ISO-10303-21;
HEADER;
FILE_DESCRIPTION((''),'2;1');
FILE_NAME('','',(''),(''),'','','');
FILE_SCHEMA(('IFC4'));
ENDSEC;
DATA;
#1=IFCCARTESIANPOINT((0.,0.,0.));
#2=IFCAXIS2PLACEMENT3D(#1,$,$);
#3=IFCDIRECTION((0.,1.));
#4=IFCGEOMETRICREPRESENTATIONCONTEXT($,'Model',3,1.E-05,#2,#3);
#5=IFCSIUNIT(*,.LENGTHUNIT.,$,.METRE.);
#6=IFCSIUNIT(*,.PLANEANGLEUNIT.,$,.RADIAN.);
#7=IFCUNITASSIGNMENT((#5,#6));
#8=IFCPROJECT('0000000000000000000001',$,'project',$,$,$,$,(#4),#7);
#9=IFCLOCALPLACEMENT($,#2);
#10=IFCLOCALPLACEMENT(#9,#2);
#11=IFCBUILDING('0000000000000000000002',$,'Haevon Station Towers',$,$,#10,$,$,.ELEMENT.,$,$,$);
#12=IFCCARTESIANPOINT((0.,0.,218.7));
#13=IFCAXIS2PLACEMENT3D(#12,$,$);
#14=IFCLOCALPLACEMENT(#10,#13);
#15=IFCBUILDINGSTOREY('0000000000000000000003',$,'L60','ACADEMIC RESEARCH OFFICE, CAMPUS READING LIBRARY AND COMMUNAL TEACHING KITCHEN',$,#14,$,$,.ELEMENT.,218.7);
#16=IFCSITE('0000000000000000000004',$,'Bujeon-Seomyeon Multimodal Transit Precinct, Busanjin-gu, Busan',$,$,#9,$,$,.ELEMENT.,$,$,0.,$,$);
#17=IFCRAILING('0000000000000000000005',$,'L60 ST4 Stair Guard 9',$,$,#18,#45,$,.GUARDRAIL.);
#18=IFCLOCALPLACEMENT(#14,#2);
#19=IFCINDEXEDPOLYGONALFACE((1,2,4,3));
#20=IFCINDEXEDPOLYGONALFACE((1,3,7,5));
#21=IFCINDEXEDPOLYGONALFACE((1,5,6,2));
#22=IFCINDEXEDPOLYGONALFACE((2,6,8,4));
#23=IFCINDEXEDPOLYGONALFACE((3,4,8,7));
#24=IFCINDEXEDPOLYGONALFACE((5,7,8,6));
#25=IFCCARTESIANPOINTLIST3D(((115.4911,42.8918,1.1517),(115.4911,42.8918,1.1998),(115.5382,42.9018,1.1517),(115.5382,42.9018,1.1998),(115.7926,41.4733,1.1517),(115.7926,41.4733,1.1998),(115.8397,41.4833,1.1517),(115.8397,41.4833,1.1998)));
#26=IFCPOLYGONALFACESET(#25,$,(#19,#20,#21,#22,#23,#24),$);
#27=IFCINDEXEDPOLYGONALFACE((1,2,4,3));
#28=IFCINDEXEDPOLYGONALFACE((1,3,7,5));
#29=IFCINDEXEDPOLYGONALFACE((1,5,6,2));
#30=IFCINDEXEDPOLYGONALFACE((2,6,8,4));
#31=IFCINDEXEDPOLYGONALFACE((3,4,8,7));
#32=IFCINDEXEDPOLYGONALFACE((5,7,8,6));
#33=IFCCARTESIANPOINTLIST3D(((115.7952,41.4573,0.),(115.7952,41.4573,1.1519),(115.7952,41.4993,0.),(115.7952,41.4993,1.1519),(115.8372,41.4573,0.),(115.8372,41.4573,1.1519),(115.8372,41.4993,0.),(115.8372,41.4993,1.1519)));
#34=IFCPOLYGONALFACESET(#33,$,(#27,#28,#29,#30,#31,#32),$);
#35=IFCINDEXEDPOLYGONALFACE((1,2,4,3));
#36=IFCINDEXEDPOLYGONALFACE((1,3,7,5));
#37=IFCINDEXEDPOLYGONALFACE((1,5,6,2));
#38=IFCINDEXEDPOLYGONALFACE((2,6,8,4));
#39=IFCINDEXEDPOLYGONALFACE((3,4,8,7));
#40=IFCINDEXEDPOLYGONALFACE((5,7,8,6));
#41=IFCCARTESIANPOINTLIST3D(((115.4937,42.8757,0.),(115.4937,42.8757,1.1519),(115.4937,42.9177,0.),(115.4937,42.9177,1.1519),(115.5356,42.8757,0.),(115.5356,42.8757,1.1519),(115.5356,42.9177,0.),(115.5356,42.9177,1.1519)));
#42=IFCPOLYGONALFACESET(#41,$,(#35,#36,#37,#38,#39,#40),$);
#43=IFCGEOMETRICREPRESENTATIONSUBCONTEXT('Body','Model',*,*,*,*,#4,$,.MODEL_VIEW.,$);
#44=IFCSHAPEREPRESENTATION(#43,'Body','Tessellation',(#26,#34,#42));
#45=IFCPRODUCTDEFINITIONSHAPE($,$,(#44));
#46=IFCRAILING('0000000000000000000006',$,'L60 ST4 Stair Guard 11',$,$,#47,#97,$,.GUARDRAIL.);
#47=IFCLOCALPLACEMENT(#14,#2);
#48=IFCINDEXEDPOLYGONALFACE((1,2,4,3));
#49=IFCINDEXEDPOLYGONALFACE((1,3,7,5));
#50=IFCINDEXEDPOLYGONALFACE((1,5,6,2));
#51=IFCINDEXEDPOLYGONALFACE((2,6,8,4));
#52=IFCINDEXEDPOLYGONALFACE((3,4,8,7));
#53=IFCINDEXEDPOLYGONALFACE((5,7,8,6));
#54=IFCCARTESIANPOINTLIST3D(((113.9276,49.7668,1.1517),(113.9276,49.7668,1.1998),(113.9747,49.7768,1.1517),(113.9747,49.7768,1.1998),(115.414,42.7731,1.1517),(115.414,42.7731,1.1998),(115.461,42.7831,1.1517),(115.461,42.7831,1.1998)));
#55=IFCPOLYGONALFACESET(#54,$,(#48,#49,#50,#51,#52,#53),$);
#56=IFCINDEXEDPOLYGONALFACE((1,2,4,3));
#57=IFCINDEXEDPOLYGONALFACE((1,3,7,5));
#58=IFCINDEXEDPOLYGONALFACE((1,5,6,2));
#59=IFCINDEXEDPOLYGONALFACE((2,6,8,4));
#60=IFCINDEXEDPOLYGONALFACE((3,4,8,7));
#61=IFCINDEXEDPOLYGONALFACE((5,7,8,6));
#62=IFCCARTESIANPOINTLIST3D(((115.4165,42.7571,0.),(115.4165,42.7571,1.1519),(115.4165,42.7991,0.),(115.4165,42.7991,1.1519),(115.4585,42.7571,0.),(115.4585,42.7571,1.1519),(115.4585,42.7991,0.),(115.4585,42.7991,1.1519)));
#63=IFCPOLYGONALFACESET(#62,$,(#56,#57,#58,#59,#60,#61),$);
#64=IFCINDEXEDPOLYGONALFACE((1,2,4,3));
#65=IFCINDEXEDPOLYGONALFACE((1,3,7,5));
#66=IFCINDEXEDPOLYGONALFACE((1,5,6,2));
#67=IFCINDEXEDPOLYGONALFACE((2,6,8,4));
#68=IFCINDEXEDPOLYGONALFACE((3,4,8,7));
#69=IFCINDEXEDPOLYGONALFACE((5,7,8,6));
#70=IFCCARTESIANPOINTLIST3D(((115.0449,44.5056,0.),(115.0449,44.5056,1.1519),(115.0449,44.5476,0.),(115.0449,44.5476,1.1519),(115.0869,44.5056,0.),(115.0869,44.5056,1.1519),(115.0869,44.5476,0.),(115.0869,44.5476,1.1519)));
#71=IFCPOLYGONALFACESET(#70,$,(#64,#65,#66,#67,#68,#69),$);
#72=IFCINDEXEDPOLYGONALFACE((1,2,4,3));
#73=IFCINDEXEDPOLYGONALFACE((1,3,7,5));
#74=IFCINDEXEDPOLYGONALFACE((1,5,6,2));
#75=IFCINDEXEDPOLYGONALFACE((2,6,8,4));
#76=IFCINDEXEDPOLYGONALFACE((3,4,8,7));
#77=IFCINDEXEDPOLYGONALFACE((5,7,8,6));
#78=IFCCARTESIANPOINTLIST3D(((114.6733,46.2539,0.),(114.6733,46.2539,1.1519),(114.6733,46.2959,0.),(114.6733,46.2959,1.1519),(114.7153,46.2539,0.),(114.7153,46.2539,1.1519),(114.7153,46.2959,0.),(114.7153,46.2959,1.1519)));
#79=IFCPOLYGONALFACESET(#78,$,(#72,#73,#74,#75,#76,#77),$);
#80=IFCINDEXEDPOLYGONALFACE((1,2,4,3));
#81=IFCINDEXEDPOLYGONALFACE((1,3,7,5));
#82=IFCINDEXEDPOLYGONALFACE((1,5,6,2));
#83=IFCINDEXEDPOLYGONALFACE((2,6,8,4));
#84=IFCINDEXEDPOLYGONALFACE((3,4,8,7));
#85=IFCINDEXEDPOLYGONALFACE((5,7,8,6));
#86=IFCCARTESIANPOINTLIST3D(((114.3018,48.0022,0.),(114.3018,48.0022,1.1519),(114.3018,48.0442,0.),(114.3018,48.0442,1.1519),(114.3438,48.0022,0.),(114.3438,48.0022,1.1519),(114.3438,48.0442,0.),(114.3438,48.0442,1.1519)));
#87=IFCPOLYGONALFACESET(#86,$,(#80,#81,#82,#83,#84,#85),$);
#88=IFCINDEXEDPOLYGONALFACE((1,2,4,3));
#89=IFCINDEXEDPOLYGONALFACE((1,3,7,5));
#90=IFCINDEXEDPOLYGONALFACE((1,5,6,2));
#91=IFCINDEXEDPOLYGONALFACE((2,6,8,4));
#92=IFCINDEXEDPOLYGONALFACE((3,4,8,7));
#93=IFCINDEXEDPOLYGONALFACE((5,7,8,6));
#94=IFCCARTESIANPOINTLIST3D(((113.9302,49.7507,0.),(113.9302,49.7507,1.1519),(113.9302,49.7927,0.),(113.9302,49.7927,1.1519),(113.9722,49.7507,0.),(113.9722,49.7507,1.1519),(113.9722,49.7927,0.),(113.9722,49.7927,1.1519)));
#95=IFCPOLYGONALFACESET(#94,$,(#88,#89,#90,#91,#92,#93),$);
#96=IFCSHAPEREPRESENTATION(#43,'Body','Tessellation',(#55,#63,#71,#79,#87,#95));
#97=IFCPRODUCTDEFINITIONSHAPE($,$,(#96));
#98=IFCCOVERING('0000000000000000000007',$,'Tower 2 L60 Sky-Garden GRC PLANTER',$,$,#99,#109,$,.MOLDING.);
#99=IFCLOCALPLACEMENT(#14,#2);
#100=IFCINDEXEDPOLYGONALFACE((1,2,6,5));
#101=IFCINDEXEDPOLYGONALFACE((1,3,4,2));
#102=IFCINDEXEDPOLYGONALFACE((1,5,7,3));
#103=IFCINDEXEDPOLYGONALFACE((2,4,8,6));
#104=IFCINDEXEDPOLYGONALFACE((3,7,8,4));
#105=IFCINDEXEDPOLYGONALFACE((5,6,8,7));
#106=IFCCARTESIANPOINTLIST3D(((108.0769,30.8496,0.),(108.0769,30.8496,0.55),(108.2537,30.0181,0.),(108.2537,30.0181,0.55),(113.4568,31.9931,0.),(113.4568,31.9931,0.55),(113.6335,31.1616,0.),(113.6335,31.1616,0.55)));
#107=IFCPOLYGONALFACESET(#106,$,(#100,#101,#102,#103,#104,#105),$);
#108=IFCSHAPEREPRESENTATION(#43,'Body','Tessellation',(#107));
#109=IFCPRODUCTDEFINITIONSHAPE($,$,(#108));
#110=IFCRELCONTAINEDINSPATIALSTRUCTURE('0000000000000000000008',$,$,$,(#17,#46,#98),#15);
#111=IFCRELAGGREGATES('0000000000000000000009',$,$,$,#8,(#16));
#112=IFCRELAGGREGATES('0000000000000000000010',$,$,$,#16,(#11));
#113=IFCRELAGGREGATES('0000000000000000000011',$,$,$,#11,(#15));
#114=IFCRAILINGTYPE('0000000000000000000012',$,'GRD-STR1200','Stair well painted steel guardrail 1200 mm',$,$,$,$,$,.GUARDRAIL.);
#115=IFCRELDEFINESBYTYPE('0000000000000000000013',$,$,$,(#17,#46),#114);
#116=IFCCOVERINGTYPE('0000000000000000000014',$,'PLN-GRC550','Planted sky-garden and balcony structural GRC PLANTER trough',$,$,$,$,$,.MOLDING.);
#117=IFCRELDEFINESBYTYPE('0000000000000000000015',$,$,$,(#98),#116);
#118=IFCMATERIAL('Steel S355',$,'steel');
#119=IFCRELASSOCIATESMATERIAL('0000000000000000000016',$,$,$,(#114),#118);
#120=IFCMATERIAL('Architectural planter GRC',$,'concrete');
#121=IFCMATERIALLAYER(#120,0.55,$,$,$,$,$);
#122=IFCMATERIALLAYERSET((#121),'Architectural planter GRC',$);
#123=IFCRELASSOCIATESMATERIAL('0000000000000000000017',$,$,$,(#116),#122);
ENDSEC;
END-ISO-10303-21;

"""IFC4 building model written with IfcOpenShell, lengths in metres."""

from ifc_helpers import new_model, si_unit, direction, frame, origin, origin_2d, place, context, subcontext, project, spatial, rectangle, extrude, material, layer, layer_set, type_object, element, save


model = new_model("IFC4")

# Units and contexts
model_context = context("Model", 3, precision=1e-05, world=origin(), true_north=direction((0.0, 1.0)))
body_context = subcontext(model_context, "Body", "Model", "MODEL_VIEW")
ifc_project = project(units=[si_unit("LENGTHUNIT", "METRE"), si_unit("PLANEANGLEUNIT", "RADIAN")], contexts=[model_context])

# Site, building, storey
site_placement = place(None, origin())
site = spatial("IfcSite", under=ifc_project, at=site_placement, Name="Bujeon-Seomyeon Multimodal Transit Precinct, Busanjin-gu, Busan", CompositionType="ELEMENT", RefElevation=0.0)
building_placement = place(site_placement, origin())
building = spatial("IfcBuilding", under=site, at=building_placement, Name="Haevon Station Towers", CompositionType="ELEMENT")
storey_placement = place(building_placement, frame((0.0, 0.0, 218.7)))
storey = spatial("IfcBuildingStorey", under=building, at=storey_placement, Name="L60", Description="ACADEMIC RESEARCH OFFICE, CAMPUS READING LIBRARY AND COMMUNAL TEACHING KITCHEN", CompositionType="ELEMENT", Elevation=218.7)

# Shared definitions
ifc_material_1 = material(Name="Steel S355", Category="steel")

# Railings
railing_type = type_object("IfcRailingType", Name="GRD-STR1200", Description="Stair well painted steel guardrail 1200 mm", PredefinedType="GUARDRAIL", material=ifc_material_1)
railing_1_placement = place(storey_placement, frame((115.8162, 41.4783, 0.0)))
element("IfcRailing", 1, at=railing_1_placement, inside=storey, type_object=railing_type, Name="L60 ST4 Stair Guard 9", PredefinedType="GUARDRAIL", context=body_context, shape_type="SweptSolid", body=[
    extrude(rectangle(XDim=0.0481, YDim=0.0481, at=origin_2d()), frame((0.0, 0.0, 1.1758), z_axis=(-0.207919, 0.978146, 0.0), x_axis=(-0.978146, -0.207919, 0.0)), (0.0, 0.0, 1.0), 1.4502),
    extrude(rectangle(XDim=0.042, YDim=0.042, at=origin_2d()), origin(), (0.0, 0.0, 1.0), 1.1519),
    extrude(rectangle(XDim=0.042, YDim=0.042, at=origin_2d()), frame((-0.3015, 1.4185, 0.0)), (0.0, 0.0, 1.0), 1.1519),
])
railing_2_placement = place(storey_placement, frame((115.4375, 42.7781, 0.0)))
element("IfcRailing", 2, at=railing_2_placement, inside=storey, type_object=railing_type, Name="L60 ST4 Stair Guard 11", PredefinedType="GUARDRAIL", context=body_context, shape_type="SweptSolid", body=[
    extrude(rectangle(XDim=0.0481, YDim=0.0481, at=origin_2d()), frame((0.0, 0.0, 1.1758), z_axis=(-0.207882, 0.978154, 0.0), x_axis=(-0.978154, -0.207882, 0.0)), (0.0, 0.0, 1.0), 7.1499),
    extrude(rectangle(XDim=0.042, YDim=0.042, at=origin_2d()), origin(), (0.0, 0.0, 1.0), 1.1519),
    extrude(rectangle(XDim=0.042, YDim=0.042, at=origin_2d()), frame((-0.3716, 1.7485, 0.0)), (0.0, 0.0, 1.0), 1.1519),
    extrude(rectangle(XDim=0.042, YDim=0.042, at=origin_2d()), frame((-0.7432, 3.4968, 0.0)), (0.0, 0.0, 1.0), 1.1519),
    extrude(rectangle(XDim=0.042, YDim=0.042, at=origin_2d()), frame((-1.1147, 5.2451, 0.0)), (0.0, 0.0, 1.0), 1.1519),
    extrude(rectangle(XDim=0.042, YDim=0.042, at=origin_2d()), frame((-1.4863, 6.9937, 0.0)), (0.0, 0.0, 1.0), 1.1519),
])

# Covering
ifc_material_2 = material(Name="Architectural planter GRC", Category="concrete")
ifc_layer_1 = layer(ifc_material_2, 0.55)
ifc_layer_set_1 = layer_set([ifc_layer_1], Name="Architectural planter GRC")
covering_type_1 = type_object("IfcCoveringType", Name="PLN-GRC550", Description="Planted sky-garden and balcony structural GRC PLANTER trough", PredefinedType="MOLDING", material=ifc_layer_set_1)
covering_1_placement = place(storey_placement, frame((110.8552, 31.0056, 0.0), z_axis=(0.0, 0.0, 1.0), x_axis=(0.978148, 0.207912, 0.0)))
element("IfcCovering", 3, at=covering_1_placement, inside=storey, type_object=covering_type_1, Name="Tower 2 L60 Sky-Garden GRC PLANTER", PredefinedType="MOLDING", context=body_context, shape_type="SweptSolid", body=[
    extrude(rectangle(XDim=5.5, YDim=0.8501, at=origin_2d()), origin(), (0.0, 0.0, 1.0), 0.55),
])

save(model, "model.ifc")
